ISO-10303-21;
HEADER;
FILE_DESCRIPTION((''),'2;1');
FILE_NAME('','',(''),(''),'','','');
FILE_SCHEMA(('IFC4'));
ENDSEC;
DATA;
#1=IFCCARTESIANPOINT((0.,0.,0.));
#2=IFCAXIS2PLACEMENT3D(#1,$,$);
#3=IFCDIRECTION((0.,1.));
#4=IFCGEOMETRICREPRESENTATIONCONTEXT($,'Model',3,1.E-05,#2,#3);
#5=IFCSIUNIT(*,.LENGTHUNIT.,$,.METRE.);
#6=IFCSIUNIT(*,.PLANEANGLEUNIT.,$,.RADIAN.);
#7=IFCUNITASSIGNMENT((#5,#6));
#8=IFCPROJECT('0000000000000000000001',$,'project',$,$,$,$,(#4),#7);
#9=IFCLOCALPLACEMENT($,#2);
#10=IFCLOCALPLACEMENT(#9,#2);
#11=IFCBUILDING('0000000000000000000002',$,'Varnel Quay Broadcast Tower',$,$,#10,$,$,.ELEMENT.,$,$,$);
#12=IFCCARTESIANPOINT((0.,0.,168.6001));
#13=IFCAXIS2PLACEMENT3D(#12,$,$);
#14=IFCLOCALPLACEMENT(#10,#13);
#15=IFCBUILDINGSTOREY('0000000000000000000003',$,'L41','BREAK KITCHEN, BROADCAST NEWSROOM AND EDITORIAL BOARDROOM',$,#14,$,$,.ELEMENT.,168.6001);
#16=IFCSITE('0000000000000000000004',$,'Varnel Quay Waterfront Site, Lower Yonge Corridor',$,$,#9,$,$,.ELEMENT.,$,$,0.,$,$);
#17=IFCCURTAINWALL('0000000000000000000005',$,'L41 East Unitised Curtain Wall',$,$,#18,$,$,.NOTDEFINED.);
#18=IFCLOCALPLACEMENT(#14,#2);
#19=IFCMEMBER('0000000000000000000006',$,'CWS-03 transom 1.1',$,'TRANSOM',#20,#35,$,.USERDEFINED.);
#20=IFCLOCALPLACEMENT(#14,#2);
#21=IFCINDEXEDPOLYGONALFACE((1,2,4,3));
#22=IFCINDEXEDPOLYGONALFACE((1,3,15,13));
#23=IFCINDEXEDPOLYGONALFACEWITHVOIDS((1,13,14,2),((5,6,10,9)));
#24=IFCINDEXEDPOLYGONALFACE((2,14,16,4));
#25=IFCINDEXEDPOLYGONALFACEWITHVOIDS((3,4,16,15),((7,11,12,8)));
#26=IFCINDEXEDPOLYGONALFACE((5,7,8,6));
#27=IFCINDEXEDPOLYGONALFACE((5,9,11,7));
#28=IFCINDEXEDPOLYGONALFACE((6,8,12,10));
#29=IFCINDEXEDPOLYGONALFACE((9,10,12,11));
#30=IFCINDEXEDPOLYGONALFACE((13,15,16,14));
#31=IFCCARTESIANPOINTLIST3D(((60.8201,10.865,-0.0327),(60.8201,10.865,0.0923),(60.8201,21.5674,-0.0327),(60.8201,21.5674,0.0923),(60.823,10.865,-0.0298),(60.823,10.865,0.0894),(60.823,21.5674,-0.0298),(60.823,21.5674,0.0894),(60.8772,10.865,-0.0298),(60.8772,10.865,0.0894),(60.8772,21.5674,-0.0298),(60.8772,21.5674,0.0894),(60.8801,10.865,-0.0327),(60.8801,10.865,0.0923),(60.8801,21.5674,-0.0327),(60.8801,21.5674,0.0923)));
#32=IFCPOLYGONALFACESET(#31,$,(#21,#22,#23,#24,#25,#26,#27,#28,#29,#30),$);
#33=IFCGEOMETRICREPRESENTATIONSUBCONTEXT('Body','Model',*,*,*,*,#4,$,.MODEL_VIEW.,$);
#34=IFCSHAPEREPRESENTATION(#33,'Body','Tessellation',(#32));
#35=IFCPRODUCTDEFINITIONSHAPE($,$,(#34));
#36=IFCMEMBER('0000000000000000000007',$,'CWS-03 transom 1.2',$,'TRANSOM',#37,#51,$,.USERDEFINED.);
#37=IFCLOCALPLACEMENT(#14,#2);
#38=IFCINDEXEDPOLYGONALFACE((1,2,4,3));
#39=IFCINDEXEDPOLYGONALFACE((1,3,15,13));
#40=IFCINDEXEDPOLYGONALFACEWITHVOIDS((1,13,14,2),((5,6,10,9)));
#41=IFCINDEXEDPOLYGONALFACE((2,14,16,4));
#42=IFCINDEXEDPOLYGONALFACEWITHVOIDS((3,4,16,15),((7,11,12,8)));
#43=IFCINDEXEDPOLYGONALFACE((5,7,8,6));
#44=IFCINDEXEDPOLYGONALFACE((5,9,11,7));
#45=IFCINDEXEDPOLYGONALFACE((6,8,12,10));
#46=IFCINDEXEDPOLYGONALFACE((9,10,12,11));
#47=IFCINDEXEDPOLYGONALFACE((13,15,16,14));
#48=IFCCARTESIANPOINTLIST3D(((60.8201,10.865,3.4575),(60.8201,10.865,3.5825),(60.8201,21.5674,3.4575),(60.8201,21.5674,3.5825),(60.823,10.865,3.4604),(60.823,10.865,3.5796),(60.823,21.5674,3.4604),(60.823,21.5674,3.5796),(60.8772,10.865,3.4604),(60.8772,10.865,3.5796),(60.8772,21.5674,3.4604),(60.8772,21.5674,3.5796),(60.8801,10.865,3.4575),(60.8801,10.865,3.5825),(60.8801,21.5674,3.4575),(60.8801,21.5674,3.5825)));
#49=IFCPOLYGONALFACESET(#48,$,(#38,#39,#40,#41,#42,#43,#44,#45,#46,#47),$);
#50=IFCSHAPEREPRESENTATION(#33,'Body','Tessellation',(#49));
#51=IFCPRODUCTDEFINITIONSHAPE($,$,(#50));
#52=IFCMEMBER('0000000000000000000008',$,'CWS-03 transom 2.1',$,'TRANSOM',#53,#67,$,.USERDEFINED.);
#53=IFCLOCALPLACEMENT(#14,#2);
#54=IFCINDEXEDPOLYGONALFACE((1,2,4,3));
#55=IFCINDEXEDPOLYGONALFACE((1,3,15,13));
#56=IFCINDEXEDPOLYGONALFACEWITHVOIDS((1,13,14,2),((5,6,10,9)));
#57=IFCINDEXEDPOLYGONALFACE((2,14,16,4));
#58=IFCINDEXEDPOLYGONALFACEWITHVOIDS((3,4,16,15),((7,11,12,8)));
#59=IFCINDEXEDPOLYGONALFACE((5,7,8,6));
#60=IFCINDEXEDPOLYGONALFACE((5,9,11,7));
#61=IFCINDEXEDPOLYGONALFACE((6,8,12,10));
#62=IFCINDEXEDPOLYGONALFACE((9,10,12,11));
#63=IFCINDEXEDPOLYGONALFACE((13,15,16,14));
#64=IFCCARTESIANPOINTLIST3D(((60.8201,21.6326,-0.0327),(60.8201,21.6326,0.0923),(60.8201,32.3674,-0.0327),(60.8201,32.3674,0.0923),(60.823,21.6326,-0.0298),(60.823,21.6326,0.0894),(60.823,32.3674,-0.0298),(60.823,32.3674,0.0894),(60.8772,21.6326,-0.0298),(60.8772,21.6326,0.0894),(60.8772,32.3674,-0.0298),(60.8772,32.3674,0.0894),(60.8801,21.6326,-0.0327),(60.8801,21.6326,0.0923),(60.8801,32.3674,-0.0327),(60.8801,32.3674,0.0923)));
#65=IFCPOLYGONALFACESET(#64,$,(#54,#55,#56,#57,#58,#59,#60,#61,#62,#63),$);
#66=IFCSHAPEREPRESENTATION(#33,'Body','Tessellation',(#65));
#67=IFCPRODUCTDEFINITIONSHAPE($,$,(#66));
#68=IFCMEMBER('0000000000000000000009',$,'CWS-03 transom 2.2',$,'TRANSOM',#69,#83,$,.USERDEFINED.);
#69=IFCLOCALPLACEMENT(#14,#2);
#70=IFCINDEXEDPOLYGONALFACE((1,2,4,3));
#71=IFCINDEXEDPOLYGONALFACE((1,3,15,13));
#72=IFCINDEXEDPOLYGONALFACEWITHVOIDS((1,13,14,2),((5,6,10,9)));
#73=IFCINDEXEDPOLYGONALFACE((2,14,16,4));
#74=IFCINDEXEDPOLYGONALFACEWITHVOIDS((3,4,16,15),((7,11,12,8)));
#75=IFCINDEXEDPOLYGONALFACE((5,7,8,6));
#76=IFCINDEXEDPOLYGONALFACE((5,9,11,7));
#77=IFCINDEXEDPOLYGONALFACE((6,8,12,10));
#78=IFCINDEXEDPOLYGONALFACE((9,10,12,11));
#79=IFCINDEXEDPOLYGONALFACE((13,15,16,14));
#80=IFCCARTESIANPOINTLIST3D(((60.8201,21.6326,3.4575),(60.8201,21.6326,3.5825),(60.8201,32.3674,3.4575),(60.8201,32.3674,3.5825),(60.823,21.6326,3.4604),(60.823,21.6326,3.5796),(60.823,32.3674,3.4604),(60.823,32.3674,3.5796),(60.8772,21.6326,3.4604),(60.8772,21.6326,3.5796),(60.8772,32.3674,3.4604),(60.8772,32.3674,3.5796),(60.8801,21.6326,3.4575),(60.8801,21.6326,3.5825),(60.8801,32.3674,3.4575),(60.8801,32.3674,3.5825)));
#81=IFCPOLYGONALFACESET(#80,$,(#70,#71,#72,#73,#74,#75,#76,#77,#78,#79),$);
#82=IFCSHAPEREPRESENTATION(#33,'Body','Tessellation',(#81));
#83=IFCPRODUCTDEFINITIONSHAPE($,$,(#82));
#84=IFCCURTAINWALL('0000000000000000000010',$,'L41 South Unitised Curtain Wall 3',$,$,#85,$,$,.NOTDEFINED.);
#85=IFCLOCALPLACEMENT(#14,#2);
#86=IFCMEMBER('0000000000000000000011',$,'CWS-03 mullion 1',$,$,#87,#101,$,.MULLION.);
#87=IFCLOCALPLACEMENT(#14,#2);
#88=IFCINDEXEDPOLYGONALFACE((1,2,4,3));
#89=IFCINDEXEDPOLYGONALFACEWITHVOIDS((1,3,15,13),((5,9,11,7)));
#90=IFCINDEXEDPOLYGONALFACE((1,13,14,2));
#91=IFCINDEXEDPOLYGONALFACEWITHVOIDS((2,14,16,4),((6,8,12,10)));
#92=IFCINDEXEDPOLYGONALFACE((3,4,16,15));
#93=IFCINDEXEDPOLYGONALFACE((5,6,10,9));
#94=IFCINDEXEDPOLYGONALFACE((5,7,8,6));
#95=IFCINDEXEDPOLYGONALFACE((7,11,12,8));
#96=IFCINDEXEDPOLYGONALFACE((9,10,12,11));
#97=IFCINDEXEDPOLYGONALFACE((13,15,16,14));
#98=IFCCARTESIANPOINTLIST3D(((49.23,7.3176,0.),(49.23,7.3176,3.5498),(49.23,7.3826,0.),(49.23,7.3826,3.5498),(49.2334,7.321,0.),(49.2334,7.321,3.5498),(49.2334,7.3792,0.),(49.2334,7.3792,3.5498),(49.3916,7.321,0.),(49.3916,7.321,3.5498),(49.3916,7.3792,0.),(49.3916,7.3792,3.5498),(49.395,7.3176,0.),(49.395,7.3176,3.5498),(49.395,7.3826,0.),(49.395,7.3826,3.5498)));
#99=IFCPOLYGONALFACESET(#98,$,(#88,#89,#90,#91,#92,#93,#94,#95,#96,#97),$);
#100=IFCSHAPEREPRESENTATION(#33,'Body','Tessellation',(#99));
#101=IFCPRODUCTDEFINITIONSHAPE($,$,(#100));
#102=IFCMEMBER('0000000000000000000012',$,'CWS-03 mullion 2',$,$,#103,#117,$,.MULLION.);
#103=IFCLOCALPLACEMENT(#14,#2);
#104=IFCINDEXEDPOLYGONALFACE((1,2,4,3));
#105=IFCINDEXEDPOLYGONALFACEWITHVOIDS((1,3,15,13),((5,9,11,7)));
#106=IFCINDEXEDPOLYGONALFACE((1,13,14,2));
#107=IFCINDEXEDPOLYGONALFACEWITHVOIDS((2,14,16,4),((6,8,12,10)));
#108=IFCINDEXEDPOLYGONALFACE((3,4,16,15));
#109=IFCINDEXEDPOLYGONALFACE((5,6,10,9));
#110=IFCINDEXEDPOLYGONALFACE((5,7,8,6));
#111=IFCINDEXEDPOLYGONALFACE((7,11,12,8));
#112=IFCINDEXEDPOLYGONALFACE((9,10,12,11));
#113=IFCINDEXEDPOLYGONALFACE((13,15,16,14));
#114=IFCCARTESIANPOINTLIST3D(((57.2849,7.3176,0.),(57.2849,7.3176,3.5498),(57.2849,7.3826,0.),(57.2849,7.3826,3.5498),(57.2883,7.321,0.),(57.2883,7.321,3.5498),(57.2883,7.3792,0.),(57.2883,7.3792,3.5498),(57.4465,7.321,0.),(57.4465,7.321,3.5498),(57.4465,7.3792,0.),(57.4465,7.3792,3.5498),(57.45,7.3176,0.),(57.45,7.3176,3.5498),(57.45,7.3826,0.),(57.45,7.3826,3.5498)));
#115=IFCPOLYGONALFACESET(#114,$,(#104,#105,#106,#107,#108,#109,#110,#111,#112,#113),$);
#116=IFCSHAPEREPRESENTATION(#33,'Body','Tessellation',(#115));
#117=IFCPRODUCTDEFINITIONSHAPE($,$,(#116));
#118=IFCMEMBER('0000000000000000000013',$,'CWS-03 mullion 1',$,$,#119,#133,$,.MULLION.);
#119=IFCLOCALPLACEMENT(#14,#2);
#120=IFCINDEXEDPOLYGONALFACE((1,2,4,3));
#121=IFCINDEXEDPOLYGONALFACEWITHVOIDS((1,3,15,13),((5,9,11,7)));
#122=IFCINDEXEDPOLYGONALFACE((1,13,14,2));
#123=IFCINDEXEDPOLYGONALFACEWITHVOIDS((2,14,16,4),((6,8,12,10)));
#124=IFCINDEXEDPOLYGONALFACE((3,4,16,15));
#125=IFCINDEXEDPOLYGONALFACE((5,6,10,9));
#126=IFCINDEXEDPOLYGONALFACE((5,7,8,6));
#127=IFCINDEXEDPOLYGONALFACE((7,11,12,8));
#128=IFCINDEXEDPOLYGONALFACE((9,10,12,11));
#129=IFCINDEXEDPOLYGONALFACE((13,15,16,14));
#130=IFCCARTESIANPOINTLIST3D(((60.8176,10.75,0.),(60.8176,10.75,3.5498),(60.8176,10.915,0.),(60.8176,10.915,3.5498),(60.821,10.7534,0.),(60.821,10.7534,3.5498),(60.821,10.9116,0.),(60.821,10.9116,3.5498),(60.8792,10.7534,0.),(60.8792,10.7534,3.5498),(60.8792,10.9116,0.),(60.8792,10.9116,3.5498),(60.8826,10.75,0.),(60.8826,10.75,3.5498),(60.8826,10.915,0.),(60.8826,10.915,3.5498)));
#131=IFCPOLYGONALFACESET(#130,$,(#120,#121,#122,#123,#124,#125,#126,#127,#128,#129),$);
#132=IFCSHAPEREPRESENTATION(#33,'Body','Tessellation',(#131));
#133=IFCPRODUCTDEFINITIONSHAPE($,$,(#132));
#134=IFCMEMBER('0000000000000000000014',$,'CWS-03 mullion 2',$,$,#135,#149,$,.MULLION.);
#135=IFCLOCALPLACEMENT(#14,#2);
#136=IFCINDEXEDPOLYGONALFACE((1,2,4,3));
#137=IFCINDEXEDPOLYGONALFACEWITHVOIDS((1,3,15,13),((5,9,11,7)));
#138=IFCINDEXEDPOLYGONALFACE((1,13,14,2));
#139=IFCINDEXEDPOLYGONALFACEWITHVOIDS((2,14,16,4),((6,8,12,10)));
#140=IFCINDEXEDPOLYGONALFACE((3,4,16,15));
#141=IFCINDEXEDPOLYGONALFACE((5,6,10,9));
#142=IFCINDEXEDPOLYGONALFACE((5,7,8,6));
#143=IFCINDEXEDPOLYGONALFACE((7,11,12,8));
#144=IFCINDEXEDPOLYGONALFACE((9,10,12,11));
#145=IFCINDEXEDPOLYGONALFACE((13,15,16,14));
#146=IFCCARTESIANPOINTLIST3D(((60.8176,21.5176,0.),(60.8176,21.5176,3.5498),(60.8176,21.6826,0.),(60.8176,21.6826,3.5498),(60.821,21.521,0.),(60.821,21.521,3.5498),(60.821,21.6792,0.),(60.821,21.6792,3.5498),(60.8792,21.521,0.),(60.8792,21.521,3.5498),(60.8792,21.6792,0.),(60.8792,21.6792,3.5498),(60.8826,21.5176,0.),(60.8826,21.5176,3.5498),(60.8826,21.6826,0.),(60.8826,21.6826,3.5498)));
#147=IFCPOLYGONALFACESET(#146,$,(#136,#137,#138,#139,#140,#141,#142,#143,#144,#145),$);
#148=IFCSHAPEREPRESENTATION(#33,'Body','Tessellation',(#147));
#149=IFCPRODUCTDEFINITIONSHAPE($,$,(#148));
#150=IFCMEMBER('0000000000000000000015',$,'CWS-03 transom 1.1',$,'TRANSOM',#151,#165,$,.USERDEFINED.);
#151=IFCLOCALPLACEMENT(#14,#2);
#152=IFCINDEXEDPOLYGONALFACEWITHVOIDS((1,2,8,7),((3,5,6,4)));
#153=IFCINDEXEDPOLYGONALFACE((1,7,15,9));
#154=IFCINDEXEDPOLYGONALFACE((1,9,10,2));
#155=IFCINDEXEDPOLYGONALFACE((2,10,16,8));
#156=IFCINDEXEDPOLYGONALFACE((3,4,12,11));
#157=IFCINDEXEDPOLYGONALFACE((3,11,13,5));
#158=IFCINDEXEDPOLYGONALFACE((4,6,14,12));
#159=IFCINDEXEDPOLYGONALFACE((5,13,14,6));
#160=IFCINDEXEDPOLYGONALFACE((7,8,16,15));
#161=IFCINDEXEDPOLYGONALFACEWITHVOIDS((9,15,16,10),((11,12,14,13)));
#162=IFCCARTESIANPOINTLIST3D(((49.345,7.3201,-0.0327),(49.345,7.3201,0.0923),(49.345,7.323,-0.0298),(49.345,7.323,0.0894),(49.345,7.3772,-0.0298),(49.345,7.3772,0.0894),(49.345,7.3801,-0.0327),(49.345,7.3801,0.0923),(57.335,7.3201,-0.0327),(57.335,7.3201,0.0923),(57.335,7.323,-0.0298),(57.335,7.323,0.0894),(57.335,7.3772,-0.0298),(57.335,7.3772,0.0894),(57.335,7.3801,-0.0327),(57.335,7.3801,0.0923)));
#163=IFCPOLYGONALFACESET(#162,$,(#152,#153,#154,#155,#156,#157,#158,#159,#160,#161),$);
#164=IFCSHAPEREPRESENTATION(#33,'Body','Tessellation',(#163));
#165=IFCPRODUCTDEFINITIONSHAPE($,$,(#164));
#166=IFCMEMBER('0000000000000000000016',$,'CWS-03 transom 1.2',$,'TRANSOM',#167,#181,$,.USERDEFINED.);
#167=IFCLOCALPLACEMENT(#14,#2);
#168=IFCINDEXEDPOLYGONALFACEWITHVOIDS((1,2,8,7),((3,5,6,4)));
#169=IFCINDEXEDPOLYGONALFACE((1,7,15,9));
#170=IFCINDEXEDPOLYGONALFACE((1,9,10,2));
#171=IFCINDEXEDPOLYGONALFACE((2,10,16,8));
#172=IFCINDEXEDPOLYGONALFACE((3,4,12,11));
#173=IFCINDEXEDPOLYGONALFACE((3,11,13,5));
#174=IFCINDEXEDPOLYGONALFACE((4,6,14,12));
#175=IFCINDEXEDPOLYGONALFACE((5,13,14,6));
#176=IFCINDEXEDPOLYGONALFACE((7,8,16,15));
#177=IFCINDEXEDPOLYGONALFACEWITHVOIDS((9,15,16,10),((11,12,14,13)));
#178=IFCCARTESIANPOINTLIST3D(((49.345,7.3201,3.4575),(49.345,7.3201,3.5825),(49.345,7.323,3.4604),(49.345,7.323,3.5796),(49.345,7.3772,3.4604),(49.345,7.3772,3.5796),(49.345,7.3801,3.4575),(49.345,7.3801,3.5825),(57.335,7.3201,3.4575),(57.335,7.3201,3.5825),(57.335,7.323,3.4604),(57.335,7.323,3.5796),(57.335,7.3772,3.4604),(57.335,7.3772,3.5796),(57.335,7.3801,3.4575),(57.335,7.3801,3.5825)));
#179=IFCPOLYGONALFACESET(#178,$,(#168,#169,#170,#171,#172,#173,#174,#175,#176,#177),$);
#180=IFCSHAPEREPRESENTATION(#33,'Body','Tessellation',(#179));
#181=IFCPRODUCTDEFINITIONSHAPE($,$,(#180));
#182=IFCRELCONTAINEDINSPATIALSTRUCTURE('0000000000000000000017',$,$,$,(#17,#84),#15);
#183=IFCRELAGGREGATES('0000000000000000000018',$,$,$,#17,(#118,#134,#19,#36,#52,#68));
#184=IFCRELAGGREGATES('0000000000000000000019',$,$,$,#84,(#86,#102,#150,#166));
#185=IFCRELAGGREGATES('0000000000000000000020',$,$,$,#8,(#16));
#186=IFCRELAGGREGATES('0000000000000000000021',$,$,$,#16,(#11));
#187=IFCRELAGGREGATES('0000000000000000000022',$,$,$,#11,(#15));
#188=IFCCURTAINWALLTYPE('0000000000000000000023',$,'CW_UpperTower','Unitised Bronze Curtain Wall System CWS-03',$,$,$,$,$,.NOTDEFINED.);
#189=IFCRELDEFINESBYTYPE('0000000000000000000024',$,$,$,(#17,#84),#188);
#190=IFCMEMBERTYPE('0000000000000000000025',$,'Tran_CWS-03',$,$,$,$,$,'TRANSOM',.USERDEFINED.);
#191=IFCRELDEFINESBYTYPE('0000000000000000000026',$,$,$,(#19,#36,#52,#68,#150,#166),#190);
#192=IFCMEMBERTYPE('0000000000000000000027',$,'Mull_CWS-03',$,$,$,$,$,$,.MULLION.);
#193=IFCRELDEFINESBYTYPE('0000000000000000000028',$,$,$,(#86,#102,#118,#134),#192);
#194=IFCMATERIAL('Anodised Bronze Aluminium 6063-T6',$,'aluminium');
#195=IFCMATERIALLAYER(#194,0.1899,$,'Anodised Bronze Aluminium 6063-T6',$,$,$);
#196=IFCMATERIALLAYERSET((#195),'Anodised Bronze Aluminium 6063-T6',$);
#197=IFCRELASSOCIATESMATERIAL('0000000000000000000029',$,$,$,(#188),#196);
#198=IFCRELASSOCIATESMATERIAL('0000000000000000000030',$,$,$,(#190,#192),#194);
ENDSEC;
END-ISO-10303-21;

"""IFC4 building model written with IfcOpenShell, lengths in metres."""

from ifc_helpers import new_model, si_unit, direction, frame, origin, origin_2d, place, context, subcontext, project, spatial, hollow_rectangle, extrude, source, transform, mapped, material, layer, layer_set, material_profile, profile_set, type_object, type_shapes, element, aggregate, save


model = new_model("IFC4")

# Units and contexts
model_context = context("Model", 3, precision=1e-05, world=origin(), true_north=direction((0.0, 1.0)))
body_context = subcontext(model_context, "Body", "Model", "MODEL_VIEW")
ifc_project = project(units=[si_unit("LENGTHUNIT", "METRE"), si_unit("PLANEANGLEUNIT", "RADIAN")], contexts=[model_context])

# Site, building, storey
site_placement = place(None, origin())
site = spatial("IfcSite", under=ifc_project, at=site_placement, Name="Varnel Quay Waterfront Site, Lower Yonge Corridor", CompositionType="ELEMENT", RefElevation=0.0)
building_placement = place(site_placement, origin())
building = spatial("IfcBuilding", under=site, at=building_placement, Name="Varnel Quay Broadcast Tower", CompositionType="ELEMENT")
storey_placement = place(building_placement, frame((0.0, 0.0, 168.6001)))
storey = spatial("IfcBuildingStorey", under=building, at=storey_placement, Name="L41", Description="BREAK KITCHEN, BROADCAST NEWSROOM AND EDITORIAL BOARDROOM", CompositionType="ELEMENT", Elevation=168.6001)

# Curtain walls, members
ifc_material_1 = material(Name="Anodised Bronze Aluminium 6063-T6", Category="aluminium")
ifc_layer_1 = layer(ifc_material_1, 0.1899, Name="Anodised Bronze Aluminium 6063-T6")
ifc_layer_set_1 = layer_set([ifc_layer_1], Name="Anodised Bronze Aluminium 6063-T6")
curtain_wall_type_1 = type_object("IfcCurtainWallType", Name="CW_UpperTower", Description="Unitised Bronze Curtain Wall System CWS-03", PredefinedType="NOTDEFINED", material=ifc_layer_set_1)
curtain_wall_1_placement = place(storey_placement, origin())
curtain_wall_1 = element("IfcCurtainWall", 1, at=curtain_wall_1_placement, inside=storey, type_object=curtain_wall_type_1, Name="L41 East Unitised Curtain Wall", PredefinedType="NOTDEFINED")
ifc_material_profile_1 = material_profile(ifc_material_1, hollow_rectangle(XDim=0.0601, YDim=0.125, WallThickness=0.0029, at=origin_2d()), Name="ALU60X125X3")
ifc_profile_set_1 = profile_set([ifc_material_profile_1], Name="Anodised Bronze Aluminium 6063-T6")
member_type_1 = type_object("IfcMemberType", Name="Tran_CWS-03", ElementType="TRANSOM", PredefinedType="USERDEFINED", material=ifc_profile_set_1)
shared_shape_1 = source(origin(), body_context, "Body", "SweptSolid", [
    extrude(hollow_rectangle(XDim=0.0601, YDim=0.125, WallThickness=0.0029, at=origin_2d()), origin(), (0.0, 0.0, 1.0), 10.7024),
])
member_1_placement = place(storey_placement, frame((60.8501, 10.865, 0.0298), z_axis=(0.0, 1.0, 0.0), x_axis=(-1.0, 0.0, 0.0)))
member_1 = element("IfcMember", 2, at=member_1_placement, type_object=member_type_1, Name="CWS-03 transom 1.1", ObjectType="TRANSOM", PredefinedType="USERDEFINED", context=body_context, shape_type="MappedRepresentation", body=[
    mapped(shared_shape_1, transform((0.0, 0.0, 0.0), x_axis=(1.0, 0.0, 0.0), y_axis=(0.0, 1.0, 0.0), z_axis=(0.0, 0.0, 1.0), scale=1.0)),
])
member_2_placement = place(storey_placement, frame((60.8501, 10.865, 3.52), z_axis=(0.0, 1.0, 0.0), x_axis=(-1.0, 0.0, 0.0)))
member_2 = element("IfcMember", 3, at=member_2_placement, type_object=member_type_1, Name="CWS-03 transom 1.2", ObjectType="TRANSOM", PredefinedType="USERDEFINED", context=body_context, shape_type="MappedRepresentation", body=[
    mapped(shared_shape_1, transform((0.0, 0.0, 0.0), x_axis=(1.0, 0.0, 0.0), y_axis=(0.0, 1.0, 0.0), z_axis=(0.0, 0.0, 1.0), scale=1.0)),
])
shared_shape_2 = source(origin(), body_context, "Body", "SweptSolid", [
    extrude(hollow_rectangle(XDim=0.0601, YDim=0.125, WallThickness=0.0029, at=origin_2d()), origin(), (0.0, 0.0, 1.0), 10.7349),
])
member_3_placement = place(storey_placement, frame((60.8501, 21.6326, 0.0298), z_axis=(0.0, 1.0, 0.0), x_axis=(-1.0, 0.0, 0.0)))
member_3 = element("IfcMember", 4, at=member_3_placement, type_object=member_type_1, Name="CWS-03 transom 2.1", ObjectType="TRANSOM", PredefinedType="USERDEFINED", context=body_context, shape_type="MappedRepresentation", body=[
    mapped(shared_shape_2, transform((0.0, 0.0, 0.0), x_axis=(1.0, 0.0, 0.0), y_axis=(0.0, 1.0, 0.0), z_axis=(0.0, 0.0, 1.0), scale=1.0)),
])
member_4_placement = place(storey_placement, frame((60.8501, 21.6326, 3.52), z_axis=(0.0, 1.0, 0.0), x_axis=(-1.0, 0.0, 0.0)))
member_4 = element("IfcMember", 5, at=member_4_placement, type_object=member_type_1, Name="CWS-03 transom 2.2", ObjectType="TRANSOM", PredefinedType="USERDEFINED", context=body_context, shape_type="MappedRepresentation", body=[
    mapped(shared_shape_2, transform((0.0, 0.0, 0.0), x_axis=(1.0, 0.0, 0.0), y_axis=(0.0, 1.0, 0.0), z_axis=(0.0, 0.0, 1.0), scale=1.0)),
])
curtain_wall_2_placement = place(storey_placement, origin())
curtain_wall_2 = element("IfcCurtainWall", 6, at=curtain_wall_2_placement, inside=storey, type_object=curtain_wall_type_1, Name="L41 South Unitised Curtain Wall 3", PredefinedType="NOTDEFINED")
ifc_material_profile_2 = material_profile(ifc_material_1, hollow_rectangle(XDim=0.0649, YDim=0.165, WallThickness=0.0034, at=origin_2d()), Name="ALU65X165X3.5")
ifc_profile_set_2 = profile_set([ifc_material_profile_2], Name="Anodised Bronze Aluminium 6063-T6")
member_type_2 = type_object("IfcMemberType", Name="Mull_CWS-03", PredefinedType="MULLION", material=ifc_profile_set_2)
shared_shape_3 = source(origin(), body_context, "Body", "SweptSolid", [
    extrude(hollow_rectangle(XDim=0.0649, YDim=0.165, WallThickness=0.0034, at=origin_2d()), origin(), (0.0, 0.0, 1.0), 3.5498),
])
type_shapes(member_type_2, [shared_shape_3])
member_5_placement = place(storey_placement, frame((49.3125, 7.3501, 0.0), z_axis=(0.0, 0.0, 1.0), x_axis=(0.0, 1.0, 0.0)))
member_5 = element("IfcMember", 7, at=member_5_placement, type_object=member_type_2, Name="CWS-03 mullion 1", PredefinedType="MULLION", context=body_context, shape_type="MappedRepresentation", body=[
    mapped(shared_shape_3, transform((0.0, 0.0, 0.0), x_axis=(1.0, 0.0, 0.0), y_axis=(0.0, 1.0, 0.0), z_axis=(0.0, 0.0, 1.0), scale=1.0)),
])
member_6_placement = place(storey_placement, frame((57.3674, 7.3501, 0.0), z_axis=(0.0, 0.0, 1.0), x_axis=(0.0, 1.0, 0.0)))
member_6 = element("IfcMember", 8, at=member_6_placement, type_object=member_type_2, Name="CWS-03 mullion 2", PredefinedType="MULLION", context=body_context, shape_type="MappedRepresentation", body=[
    mapped(shared_shape_3, transform((0.0, 0.0, 0.0), x_axis=(1.0, 0.0, 0.0), y_axis=(0.0, 1.0, 0.0), z_axis=(0.0, 0.0, 1.0), scale=1.0)),
])

# Members
member_7_placement = place(storey_placement, frame((60.8501, 10.8325, 0.0), z_axis=(0.0, 0.0, 1.0), x_axis=(-1.0, 0.0, 0.0)))
member_7 = element("IfcMember", 9, at=member_7_placement, type_object=member_type_2, Name="CWS-03 mullion 1", PredefinedType="MULLION", context=body_context, shape_type="MappedRepresentation", body=[
    mapped(shared_shape_3, transform((0.0, 0.0, 0.0), x_axis=(1.0, 0.0, 0.0), y_axis=(0.0, 1.0, 0.0), z_axis=(0.0, 0.0, 1.0), scale=1.0)),
])
member_8_placement = place(storey_placement, frame((60.8501, 21.6001, 0.0), z_axis=(0.0, 0.0, 1.0), x_axis=(-1.0, 0.0, 0.0)))
member_8 = element("IfcMember", 10, at=member_8_placement, type_object=member_type_2, Name="CWS-03 mullion 2", PredefinedType="MULLION", context=body_context, shape_type="MappedRepresentation", body=[
    mapped(shared_shape_3, transform((0.0, 0.0, 0.0), x_axis=(1.0, 0.0, 0.0), y_axis=(0.0, 1.0, 0.0), z_axis=(0.0, 0.0, 1.0), scale=1.0)),
])
shared_shape_4 = source(origin(), body_context, "Body", "SweptSolid", [
    extrude(hollow_rectangle(XDim=0.0601, YDim=0.125, WallThickness=0.0029, at=origin_2d()), origin(), (0.0, 0.0, 1.0), 7.99),
])
type_shapes(member_type_1, [shared_shape_1, shared_shape_2, shared_shape_4])
member_9_placement = place(storey_placement, frame((49.345, 7.3501, 0.0298), z_axis=(1.0, 0.0, 0.0), x_axis=(0.0, 1.0, 0.0)))
member_9 = element("IfcMember", 11, at=member_9_placement, type_object=member_type_1, Name="CWS-03 transom 1.1", ObjectType="TRANSOM", PredefinedType="USERDEFINED", context=body_context, shape_type="MappedRepresentation", body=[
    mapped(shared_shape_4, transform((0.0, 0.0, 0.0), x_axis=(1.0, 0.0, 0.0), y_axis=(0.0, 1.0, 0.0), z_axis=(0.0, 0.0, 1.0), scale=1.0)),
])
member_10_placement = place(storey_placement, frame((49.345, 7.3501, 3.52), z_axis=(1.0, 0.0, 0.0), x_axis=(0.0, 1.0, 0.0)))
member_10 = element("IfcMember", 12, at=member_10_placement, type_object=member_type_1, Name="CWS-03 transom 1.2", ObjectType="TRANSOM", PredefinedType="USERDEFINED", context=body_context, shape_type="MappedRepresentation", body=[
    mapped(shared_shape_4, transform((0.0, 0.0, 0.0), x_axis=(1.0, 0.0, 0.0), y_axis=(0.0, 1.0, 0.0), z_axis=(0.0, 0.0, 1.0), scale=1.0)),
])

aggregate(curtain_wall_1, [member_7, member_8, member_1, member_2, member_3, member_4])
aggregate(curtain_wall_2, [member_5, member_6, member_9, member_10])

save(model, "model.ifc")
